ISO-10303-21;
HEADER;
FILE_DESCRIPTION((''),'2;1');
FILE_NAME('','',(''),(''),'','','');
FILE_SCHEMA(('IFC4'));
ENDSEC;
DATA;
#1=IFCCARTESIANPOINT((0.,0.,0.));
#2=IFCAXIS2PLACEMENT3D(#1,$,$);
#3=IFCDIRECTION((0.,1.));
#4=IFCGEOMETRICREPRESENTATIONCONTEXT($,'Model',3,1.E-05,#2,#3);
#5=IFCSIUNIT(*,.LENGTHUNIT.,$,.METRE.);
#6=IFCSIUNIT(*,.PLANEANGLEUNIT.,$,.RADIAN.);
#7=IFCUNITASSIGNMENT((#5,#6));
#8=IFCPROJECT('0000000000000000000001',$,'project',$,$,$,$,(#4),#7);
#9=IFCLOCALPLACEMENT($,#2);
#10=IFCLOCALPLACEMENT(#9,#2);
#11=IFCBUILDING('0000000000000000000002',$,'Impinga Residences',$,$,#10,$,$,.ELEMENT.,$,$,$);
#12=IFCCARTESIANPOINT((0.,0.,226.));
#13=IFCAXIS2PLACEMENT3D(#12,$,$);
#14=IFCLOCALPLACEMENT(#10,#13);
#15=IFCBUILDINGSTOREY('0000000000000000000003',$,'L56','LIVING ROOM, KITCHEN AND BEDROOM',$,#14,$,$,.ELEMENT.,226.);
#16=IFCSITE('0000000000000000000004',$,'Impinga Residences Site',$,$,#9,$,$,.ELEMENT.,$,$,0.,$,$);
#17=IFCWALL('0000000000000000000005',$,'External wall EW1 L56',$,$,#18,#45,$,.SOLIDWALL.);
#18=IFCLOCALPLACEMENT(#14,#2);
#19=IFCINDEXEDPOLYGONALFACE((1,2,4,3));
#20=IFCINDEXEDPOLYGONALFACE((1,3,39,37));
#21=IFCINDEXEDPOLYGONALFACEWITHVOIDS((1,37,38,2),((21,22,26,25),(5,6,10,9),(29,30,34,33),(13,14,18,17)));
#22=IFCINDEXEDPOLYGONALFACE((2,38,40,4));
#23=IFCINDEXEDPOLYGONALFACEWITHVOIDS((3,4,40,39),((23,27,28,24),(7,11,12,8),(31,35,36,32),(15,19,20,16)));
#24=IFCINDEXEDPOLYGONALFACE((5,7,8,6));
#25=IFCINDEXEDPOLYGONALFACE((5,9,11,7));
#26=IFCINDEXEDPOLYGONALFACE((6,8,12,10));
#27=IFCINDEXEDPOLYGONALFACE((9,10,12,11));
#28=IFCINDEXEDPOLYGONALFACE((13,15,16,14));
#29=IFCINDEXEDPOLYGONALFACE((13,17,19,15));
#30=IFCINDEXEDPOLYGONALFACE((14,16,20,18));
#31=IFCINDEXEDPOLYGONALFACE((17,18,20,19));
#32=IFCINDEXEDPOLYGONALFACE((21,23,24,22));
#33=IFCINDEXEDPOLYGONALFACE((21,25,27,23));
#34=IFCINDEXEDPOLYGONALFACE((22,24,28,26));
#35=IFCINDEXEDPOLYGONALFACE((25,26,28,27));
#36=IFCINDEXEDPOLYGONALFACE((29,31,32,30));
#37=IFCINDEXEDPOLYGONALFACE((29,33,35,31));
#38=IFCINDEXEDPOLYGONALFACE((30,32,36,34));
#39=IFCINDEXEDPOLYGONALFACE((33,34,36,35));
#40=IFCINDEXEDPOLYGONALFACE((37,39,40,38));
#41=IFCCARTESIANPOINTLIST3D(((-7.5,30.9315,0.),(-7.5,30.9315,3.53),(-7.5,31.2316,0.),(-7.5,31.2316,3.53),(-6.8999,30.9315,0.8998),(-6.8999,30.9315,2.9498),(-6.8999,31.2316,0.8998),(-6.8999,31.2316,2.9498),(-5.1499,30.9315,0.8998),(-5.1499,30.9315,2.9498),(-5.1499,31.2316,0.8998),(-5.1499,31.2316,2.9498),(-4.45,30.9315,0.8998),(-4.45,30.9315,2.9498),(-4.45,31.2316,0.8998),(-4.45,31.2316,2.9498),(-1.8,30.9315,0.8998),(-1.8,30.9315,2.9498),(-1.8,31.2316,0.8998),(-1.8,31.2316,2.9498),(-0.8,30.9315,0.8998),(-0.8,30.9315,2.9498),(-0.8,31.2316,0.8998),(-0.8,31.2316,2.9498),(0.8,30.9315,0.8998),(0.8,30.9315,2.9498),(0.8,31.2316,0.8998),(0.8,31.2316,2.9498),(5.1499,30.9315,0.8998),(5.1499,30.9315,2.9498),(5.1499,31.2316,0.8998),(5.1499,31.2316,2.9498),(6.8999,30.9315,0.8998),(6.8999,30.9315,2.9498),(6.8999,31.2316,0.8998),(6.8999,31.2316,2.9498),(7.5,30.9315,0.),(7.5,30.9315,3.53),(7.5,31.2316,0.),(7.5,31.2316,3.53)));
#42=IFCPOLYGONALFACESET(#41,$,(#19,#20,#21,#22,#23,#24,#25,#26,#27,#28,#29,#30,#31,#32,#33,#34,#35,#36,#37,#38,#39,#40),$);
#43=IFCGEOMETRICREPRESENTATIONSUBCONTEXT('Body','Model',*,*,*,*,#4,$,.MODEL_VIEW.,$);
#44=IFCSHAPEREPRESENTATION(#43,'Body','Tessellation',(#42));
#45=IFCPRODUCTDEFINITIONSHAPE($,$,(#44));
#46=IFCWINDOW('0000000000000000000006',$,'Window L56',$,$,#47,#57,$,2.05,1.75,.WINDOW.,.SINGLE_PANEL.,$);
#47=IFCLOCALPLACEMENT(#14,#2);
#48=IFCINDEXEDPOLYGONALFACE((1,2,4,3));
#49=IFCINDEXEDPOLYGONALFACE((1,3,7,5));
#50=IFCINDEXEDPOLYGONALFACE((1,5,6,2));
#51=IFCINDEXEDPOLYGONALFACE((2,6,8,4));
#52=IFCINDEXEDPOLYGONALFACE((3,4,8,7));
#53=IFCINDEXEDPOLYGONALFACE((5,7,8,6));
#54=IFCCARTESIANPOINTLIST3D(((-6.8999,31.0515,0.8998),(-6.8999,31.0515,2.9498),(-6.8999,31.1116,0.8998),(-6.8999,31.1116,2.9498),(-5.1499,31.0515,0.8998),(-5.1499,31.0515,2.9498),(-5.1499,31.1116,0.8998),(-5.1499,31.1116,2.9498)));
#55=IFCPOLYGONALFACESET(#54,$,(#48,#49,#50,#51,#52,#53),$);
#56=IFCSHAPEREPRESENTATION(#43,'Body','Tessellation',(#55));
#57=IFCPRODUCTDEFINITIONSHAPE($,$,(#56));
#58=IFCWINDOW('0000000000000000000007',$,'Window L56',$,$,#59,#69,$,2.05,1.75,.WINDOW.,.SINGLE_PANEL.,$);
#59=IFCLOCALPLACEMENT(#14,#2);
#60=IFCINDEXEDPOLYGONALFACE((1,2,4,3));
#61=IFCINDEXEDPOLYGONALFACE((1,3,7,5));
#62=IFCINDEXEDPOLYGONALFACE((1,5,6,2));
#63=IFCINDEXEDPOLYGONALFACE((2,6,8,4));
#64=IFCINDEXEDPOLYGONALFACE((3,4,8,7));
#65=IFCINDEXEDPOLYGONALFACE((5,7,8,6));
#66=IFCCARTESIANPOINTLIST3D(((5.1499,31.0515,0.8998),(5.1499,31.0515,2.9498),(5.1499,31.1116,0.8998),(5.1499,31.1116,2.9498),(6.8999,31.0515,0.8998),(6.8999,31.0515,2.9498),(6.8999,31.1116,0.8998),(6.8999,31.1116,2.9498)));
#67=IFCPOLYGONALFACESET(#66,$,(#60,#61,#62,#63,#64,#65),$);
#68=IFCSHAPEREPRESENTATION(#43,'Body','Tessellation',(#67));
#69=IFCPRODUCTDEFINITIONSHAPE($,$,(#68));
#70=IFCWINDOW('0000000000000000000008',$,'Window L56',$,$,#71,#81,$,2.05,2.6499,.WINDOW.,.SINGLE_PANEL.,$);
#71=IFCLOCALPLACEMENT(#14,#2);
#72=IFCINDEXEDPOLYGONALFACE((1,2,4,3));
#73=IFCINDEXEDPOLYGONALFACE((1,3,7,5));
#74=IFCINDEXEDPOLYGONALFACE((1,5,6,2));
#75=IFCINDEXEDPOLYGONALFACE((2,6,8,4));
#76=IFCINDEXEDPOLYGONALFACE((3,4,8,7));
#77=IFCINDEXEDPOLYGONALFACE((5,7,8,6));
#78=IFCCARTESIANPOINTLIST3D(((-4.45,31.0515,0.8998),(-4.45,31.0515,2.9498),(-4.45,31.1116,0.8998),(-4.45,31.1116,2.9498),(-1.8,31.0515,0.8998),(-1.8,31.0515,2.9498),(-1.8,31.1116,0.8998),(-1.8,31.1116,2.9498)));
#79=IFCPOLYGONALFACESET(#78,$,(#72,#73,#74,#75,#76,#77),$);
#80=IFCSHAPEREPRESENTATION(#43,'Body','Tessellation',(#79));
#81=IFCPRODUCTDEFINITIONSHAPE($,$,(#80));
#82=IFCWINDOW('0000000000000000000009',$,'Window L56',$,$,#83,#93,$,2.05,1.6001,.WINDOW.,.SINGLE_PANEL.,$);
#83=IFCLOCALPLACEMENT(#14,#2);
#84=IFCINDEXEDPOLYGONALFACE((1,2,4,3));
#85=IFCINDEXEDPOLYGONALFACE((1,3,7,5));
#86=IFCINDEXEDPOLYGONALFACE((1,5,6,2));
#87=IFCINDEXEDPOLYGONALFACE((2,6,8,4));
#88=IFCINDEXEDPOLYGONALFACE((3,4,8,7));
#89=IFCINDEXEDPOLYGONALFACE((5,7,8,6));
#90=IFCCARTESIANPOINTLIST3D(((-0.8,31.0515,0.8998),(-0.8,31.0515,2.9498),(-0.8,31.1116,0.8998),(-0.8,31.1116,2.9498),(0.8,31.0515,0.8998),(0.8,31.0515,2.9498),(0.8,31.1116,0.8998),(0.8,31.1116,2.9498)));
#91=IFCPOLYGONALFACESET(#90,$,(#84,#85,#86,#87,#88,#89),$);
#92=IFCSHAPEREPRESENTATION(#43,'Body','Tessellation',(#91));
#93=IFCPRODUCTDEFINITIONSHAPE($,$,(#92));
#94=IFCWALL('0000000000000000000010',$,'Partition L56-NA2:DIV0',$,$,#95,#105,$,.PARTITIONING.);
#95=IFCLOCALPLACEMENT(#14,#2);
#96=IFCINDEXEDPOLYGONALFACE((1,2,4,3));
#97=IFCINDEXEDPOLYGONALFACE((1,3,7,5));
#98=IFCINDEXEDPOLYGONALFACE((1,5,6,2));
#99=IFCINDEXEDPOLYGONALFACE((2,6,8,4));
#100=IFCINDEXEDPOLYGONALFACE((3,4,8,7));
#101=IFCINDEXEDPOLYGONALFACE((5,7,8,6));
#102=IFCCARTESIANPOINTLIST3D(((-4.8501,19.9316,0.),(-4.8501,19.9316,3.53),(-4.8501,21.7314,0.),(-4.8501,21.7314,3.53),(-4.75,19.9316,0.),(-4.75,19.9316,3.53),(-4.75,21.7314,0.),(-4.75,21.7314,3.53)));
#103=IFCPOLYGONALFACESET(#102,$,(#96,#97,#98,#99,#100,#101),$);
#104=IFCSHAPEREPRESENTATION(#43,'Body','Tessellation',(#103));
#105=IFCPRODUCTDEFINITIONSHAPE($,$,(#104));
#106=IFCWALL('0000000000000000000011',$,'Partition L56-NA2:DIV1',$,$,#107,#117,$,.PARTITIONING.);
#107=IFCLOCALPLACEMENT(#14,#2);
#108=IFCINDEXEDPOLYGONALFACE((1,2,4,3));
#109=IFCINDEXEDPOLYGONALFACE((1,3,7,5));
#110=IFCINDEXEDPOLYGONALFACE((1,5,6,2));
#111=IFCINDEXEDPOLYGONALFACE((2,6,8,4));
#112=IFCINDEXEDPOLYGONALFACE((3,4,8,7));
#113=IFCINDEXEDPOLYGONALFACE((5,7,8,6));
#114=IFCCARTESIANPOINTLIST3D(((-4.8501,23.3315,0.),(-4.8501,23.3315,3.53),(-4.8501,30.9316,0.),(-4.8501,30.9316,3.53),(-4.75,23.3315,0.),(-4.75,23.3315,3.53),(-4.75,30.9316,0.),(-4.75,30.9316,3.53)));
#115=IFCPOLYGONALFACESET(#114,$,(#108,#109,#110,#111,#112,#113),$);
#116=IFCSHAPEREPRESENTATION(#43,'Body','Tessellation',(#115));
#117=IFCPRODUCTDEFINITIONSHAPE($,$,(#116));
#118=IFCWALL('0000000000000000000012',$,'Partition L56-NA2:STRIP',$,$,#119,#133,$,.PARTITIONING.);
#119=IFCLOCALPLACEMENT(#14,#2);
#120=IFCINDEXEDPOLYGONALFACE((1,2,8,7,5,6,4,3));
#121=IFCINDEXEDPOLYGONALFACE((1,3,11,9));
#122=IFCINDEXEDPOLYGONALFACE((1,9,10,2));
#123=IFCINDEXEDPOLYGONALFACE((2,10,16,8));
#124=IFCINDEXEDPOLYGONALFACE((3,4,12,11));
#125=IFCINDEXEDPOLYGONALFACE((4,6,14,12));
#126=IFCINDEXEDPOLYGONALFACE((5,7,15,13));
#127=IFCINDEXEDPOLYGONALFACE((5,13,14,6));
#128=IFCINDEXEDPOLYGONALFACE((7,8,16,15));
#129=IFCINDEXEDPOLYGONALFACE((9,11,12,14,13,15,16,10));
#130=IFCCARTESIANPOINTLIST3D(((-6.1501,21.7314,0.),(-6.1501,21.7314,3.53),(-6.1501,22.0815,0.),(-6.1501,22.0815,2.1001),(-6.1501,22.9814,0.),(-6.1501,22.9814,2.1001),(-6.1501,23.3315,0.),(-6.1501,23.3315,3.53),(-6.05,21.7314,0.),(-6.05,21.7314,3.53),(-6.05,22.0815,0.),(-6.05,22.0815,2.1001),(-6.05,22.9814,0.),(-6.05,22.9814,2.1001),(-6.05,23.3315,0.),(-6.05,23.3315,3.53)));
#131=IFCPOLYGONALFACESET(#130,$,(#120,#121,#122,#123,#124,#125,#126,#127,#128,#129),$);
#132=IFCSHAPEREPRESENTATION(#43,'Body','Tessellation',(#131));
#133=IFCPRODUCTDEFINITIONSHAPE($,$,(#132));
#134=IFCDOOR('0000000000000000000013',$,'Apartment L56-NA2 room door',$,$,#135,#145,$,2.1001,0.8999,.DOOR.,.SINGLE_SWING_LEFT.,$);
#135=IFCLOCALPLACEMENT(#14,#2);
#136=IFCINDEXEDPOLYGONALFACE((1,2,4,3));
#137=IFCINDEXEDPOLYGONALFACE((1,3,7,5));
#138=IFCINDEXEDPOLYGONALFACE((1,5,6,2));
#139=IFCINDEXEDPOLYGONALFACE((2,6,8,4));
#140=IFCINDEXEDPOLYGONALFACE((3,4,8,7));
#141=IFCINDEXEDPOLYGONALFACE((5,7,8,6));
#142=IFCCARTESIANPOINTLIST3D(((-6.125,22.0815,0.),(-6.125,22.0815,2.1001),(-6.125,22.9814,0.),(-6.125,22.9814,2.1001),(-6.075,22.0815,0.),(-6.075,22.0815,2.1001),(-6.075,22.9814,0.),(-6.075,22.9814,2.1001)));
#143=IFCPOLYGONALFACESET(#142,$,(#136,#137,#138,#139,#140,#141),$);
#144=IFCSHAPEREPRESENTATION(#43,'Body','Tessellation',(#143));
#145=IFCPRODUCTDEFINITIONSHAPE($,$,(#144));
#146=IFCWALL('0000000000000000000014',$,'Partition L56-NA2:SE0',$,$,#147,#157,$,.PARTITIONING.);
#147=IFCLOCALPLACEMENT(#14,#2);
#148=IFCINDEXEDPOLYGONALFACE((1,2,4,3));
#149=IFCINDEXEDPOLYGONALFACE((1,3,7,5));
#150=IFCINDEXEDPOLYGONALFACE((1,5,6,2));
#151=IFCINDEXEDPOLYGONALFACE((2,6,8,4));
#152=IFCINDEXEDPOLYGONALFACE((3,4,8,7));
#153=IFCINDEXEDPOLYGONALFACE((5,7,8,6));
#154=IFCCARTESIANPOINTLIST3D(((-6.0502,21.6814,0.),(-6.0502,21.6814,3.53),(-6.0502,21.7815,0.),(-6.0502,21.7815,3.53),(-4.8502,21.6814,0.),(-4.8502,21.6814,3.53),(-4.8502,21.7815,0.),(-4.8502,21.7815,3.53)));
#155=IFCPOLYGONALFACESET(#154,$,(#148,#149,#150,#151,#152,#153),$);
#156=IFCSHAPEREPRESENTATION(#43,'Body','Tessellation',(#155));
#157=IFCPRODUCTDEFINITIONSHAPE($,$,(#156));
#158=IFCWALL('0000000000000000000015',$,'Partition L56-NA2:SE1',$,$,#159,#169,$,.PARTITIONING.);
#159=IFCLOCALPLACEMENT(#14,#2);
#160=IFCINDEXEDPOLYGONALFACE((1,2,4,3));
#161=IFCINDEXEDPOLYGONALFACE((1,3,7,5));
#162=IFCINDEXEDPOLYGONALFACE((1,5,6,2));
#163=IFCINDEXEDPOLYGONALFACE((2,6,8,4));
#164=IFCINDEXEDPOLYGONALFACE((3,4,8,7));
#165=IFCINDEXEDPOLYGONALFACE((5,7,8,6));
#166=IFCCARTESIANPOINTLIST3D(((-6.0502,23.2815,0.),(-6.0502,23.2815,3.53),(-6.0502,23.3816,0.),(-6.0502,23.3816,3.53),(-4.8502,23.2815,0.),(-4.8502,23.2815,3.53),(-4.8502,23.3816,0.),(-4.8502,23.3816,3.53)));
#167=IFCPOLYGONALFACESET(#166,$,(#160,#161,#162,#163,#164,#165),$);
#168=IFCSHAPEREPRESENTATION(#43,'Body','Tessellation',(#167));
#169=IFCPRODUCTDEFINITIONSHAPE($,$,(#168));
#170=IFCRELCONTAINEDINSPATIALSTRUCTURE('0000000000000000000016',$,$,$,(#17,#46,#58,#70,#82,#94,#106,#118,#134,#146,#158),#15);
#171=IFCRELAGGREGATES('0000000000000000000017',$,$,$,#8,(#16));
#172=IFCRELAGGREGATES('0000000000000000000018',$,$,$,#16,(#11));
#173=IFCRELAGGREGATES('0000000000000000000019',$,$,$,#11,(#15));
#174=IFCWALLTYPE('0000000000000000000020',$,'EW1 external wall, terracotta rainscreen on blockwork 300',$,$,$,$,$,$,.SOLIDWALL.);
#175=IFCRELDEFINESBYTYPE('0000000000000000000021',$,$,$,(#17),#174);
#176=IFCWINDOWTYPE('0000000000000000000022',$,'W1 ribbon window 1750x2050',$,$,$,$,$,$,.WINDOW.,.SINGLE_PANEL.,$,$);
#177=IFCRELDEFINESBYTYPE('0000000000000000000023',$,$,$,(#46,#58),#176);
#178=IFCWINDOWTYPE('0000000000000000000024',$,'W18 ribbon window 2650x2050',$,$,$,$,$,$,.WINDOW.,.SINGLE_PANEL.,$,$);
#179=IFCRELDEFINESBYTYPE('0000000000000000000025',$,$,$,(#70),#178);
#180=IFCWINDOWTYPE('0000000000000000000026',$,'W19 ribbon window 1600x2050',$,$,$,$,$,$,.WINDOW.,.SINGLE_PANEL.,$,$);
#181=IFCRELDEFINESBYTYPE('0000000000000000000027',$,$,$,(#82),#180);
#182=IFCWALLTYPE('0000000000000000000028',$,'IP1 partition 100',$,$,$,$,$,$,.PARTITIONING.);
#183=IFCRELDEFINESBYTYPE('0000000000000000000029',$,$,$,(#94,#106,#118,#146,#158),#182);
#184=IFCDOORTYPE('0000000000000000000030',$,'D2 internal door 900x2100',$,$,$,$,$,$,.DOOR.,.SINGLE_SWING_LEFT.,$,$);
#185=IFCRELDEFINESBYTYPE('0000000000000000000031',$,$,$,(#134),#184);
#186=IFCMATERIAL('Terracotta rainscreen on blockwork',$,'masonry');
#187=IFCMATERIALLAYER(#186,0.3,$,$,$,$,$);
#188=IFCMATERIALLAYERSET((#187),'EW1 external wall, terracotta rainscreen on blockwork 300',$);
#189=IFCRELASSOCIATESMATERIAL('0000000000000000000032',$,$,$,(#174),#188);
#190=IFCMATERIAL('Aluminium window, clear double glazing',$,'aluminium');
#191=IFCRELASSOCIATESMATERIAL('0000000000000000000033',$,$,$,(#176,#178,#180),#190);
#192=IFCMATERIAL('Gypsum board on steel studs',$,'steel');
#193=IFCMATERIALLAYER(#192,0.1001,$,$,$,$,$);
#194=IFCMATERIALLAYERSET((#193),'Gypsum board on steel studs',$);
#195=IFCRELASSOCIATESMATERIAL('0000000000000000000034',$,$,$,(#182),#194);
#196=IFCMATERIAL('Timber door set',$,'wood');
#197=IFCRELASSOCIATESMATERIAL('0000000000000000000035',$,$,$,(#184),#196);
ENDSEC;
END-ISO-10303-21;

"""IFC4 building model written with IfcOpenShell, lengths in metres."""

from ifc_helpers import new_model, si_unit, direction, frame, frame_2d, origin, place, context, subcontext, project, spatial, rectangle, extrude, material, layer, layer_set, type_object, element, fill, save


model = new_model("IFC4")

# Units and contexts
model_context = context("Model", 3, precision=1e-05, world=origin(), true_north=direction((0.0, 1.0)))
body_context = subcontext(model_context, "Body", "Model", "MODEL_VIEW")
ifc_project = project(units=[si_unit("LENGTHUNIT", "METRE"), si_unit("PLANEANGLEUNIT", "RADIAN")], contexts=[model_context])

# Site, building, storey
site_placement = place(None, origin())
site = spatial("IfcSite", under=ifc_project, at=site_placement, Name="Impinga Residences Site", CompositionType="ELEMENT", RefElevation=0.0)
building_placement = place(site_placement, origin())
building = spatial("IfcBuilding", under=site, at=building_placement, Name="Impinga Residences", CompositionType="ELEMENT")
storey_placement = place(building_placement, frame((0.0, 0.0, 226.0)))
storey = spatial("IfcBuildingStorey", under=building, at=storey_placement, Name="L56", Description="LIVING ROOM, KITCHEN AND BEDROOM", CompositionType="ELEMENT", Elevation=226.0)

# Shared definitions
ifc_material_1 = material(Name="Timber door set", Category="wood")

# Shared definitions
ifc_material_2 = material(Name="Terracotta rainscreen on blockwork", Category="masonry")
ifc_layer_1 = layer(ifc_material_2, 0.3)
ifc_layer_set_1 = layer_set([ifc_layer_1], Name="EW1 external wall, terracotta rainscreen on blockwork 300")
wall_type_1 = type_object("IfcWallType", Name="EW1 external wall, terracotta rainscreen on blockwork 300", PredefinedType="SOLIDWALL", material=ifc_layer_set_1)

# Wall, openings, windows
wall_1_placement = place(storey_placement, frame((-7.5, 31.0815, 0.0), z_axis=(0.0, 0.0, 1.0), x_axis=(1.0, 0.0, 0.0)))
wall_1 = element("IfcWall", 1, at=wall_1_placement, inside=storey, type_object=wall_type_1, Name="External wall EW1 L56", PredefinedType="SOLIDWALL", context=body_context, shape_type="SweptSolid", body=[
    extrude(rectangle(XDim=15.0, YDim=0.3, at=frame_2d((7.5, 0.0))), origin(), (0.0, 0.0, 1.0), 3.53),
])
opening_1_placement = place(wall_1_placement, frame((0.6001, 0.0, 0.8999)))
opening_1 = element("IfcOpeningElement", 2, at=opening_1_placement, cuts=wall_1, PredefinedType="OPENING", context=body_context, shape_type="SweptSolid", body=[
    extrude(rectangle(XDim=1.75, YDim=2.05, at=frame_2d((0.875, 1.0249))), frame((0.0, 0.1599, 0.0), z_axis=(0.0, -1.0, 0.0), x_axis=(1.0, 0.0, 0.0)), (0.0, 0.0, 1.0), 0.3201),
])
opening_2_placement = place(wall_1_placement, frame((3.05, 0.0, 0.8999)))
opening_2 = element("IfcOpeningElement", 3, at=opening_2_placement, cuts=wall_1, PredefinedType="OPENING", context=body_context, shape_type="SweptSolid", body=[
    extrude(rectangle(XDim=2.6499, YDim=2.05, at=frame_2d((1.325, 1.0249))), frame((0.0, 0.1599, 0.0), z_axis=(0.0, -1.0, 0.0), x_axis=(1.0, 0.0, 0.0)), (0.0, 0.0, 1.0), 0.3201),
])
opening_3_placement = place(wall_1_placement, frame((6.7, 0.0, 0.8999)))
opening_3 = element("IfcOpeningElement", 4, at=opening_3_placement, cuts=wall_1, PredefinedType="OPENING", context=body_context, shape_type="SweptSolid", body=[
    extrude(rectangle(XDim=1.6001, YDim=2.05, at=frame_2d((0.8, 1.0249))), frame((0.0, 0.1599, 0.0), z_axis=(0.0, -1.0, 0.0), x_axis=(1.0, 0.0, 0.0)), (0.0, 0.0, 1.0), 0.3201),
])
opening_4_placement = place(wall_1_placement, frame((12.6499, 0.0, 0.8999)))
opening_4 = element("IfcOpeningElement", 5, at=opening_4_placement, cuts=wall_1, PredefinedType="OPENING", context=body_context, shape_type="SweptSolid", body=[
    extrude(rectangle(XDim=1.75, YDim=2.05, at=frame_2d((0.875, 1.0249))), frame((0.0, 0.1599, 0.0), z_axis=(0.0, -1.0, 0.0), x_axis=(1.0, 0.0, 0.0)), (0.0, 0.0, 1.0), 0.3201),
])
ifc_material_3 = material(Name="Aluminium window, clear double glazing", Category="aluminium")
window_type_1 = type_object("IfcWindowType", Name="W1 ribbon window 1750x2050", PartitioningType="SINGLE_PANEL", PredefinedType="WINDOW", material=ifc_material_3)
window_1_placement = place(opening_1_placement, origin())
window_1 = element("IfcWindow", 6, at=window_1_placement, inside=storey, type_object=window_type_1, Name="Window L56", OverallHeight=2.05, OverallWidth=1.75, PartitioningType="SINGLE_PANEL", PredefinedType="WINDOW", context=body_context, shape_type="SweptSolid", body=[
    extrude(rectangle(XDim=1.75, YDim=2.05, at=frame_2d((0.875, 1.0249))), frame((0.0, 0.03, 0.0), z_axis=(0.0, -1.0, 0.0), x_axis=(1.0, 0.0, 0.0)), (0.0, 0.0, 1.0), 0.0601),
])
fill(opening_1, window_1)
window_2_placement = place(opening_4_placement, origin())
window_2 = element("IfcWindow", 7, at=window_2_placement, inside=storey, type_object=window_type_1, Name="Window L56", OverallHeight=2.05, OverallWidth=1.75, PartitioningType="SINGLE_PANEL", PredefinedType="WINDOW", context=body_context, shape_type="SweptSolid", body=[
    extrude(rectangle(XDim=1.75, YDim=2.05, at=frame_2d((0.875, 1.0249))), frame((0.0, 0.03, 0.0), z_axis=(0.0, -1.0, 0.0), x_axis=(1.0, 0.0, 0.0)), (0.0, 0.0, 1.0), 0.0601),
])
fill(opening_4, window_2)
window_type_2 = type_object("IfcWindowType", Name="W18 ribbon window 2650x2050", PartitioningType="SINGLE_PANEL", PredefinedType="WINDOW", material=ifc_material_3)
window_3_placement = place(opening_2_placement, origin())
window_3 = element("IfcWindow", 8, at=window_3_placement, inside=storey, type_object=window_type_2, Name="Window L56", OverallHeight=2.05, OverallWidth=2.6499, PartitioningType="SINGLE_PANEL", PredefinedType="WINDOW", context=body_context, shape_type="SweptSolid", body=[
    extrude(rectangle(XDim=2.6499, YDim=2.05, at=frame_2d((1.325, 1.0249))), frame((0.0, 0.03, 0.0), z_axis=(0.0, -1.0, 0.0), x_axis=(1.0, 0.0, 0.0)), (0.0, 0.0, 1.0), 0.0601),
])
fill(opening_2, window_3)
window_type_3 = type_object("IfcWindowType", Name="W19 ribbon window 1600x2050", PartitioningType="SINGLE_PANEL", PredefinedType="WINDOW", material=ifc_material_3)
window_4_placement = place(opening_3_placement, origin())
window_4 = element("IfcWindow", 9, at=window_4_placement, inside=storey, type_object=window_type_3, Name="Window L56", OverallHeight=2.05, OverallWidth=1.6001, PartitioningType="SINGLE_PANEL", PredefinedType="WINDOW", context=body_context, shape_type="SweptSolid", body=[
    extrude(rectangle(XDim=1.6001, YDim=2.05, at=frame_2d((0.8, 1.0249))), frame((0.0, 0.03, 0.0), z_axis=(0.0, -1.0, 0.0), x_axis=(1.0, 0.0, 0.0)), (0.0, 0.0, 1.0), 0.0601),
])
fill(opening_3, window_4)

# Walls
ifc_material_4 = material(Name="Gypsum board on steel studs", Category="steel")
ifc_layer_2 = layer(ifc_material_4, 0.1001)
ifc_layer_set_2 = layer_set([ifc_layer_2], Name="Gypsum board on steel studs")
wall_type_2 = type_object("IfcWallType", Name="IP1 partition 100", PredefinedType="PARTITIONING", material=ifc_layer_set_2)
wall_2_placement = place(storey_placement, frame((-4.8, 19.9316, 0.0), z_axis=(0.0, 0.0, 1.0), x_axis=(0.0, 1.0, 0.0)))
element("IfcWall", 10, at=wall_2_placement, inside=storey, type_object=wall_type_2, Name="Partition L56-NA2:DIV0", PredefinedType="PARTITIONING", context=body_context, shape_type="SweptSolid", body=[
    extrude(rectangle(XDim=1.7998, YDim=0.1001, at=frame_2d((0.8999, 0.0))), origin(), (0.0, 0.0, 1.0), 3.53),
])
wall_3_placement = place(storey_placement, frame((-4.8, 23.3315, 0.0), z_axis=(0.0, 0.0, 1.0), x_axis=(0.0, 1.0, 0.0)))
element("IfcWall", 11, at=wall_3_placement, inside=storey, type_object=wall_type_2, Name="Partition L56-NA2:DIV1", PredefinedType="PARTITIONING", context=body_context, shape_type="SweptSolid", body=[
    extrude(rectangle(XDim=7.6001, YDim=0.1001, at=frame_2d((3.8, 0.0))), origin(), (0.0, 0.0, 1.0), 3.53),
])

# Wall, opening, door
wall_4_placement = place(storey_placement, frame((-6.1001, 21.7314, 0.0), z_axis=(0.0, 0.0, 1.0), x_axis=(0.0, 1.0, 0.0)))
wall_4 = element("IfcWall", 12, at=wall_4_placement, inside=storey, type_object=wall_type_2, Name="Partition L56-NA2:STRIP", PredefinedType="PARTITIONING", context=body_context, shape_type="SweptSolid", body=[
    extrude(rectangle(XDim=1.6001, YDim=0.1001, at=frame_2d((0.8, 0.0))), origin(), (0.0, 0.0, 1.0), 3.53),
])
opening_5_placement = place(wall_4_placement, frame((0.3501, 0.0, 0.0)))
opening_5 = element("IfcOpeningElement", 13, at=opening_5_placement, cuts=wall_4, PredefinedType="OPENING", context=body_context, shape_type="SweptSolid", body=[
    extrude(rectangle(XDim=0.8999, YDim=2.1001, at=frame_2d((0.45, 1.05))), frame((0.0, 0.0601, 0.0), z_axis=(0.0, -1.0, 0.0), x_axis=(1.0, 0.0, 0.0)), (0.0, 0.0, 1.0), 0.1201),
])
door_type_1 = type_object("IfcDoorType", Name="D2 internal door 900x2100", OperationType="SINGLE_SWING_LEFT", PredefinedType="DOOR", material=ifc_material_1)
door_1_placement = place(opening_5_placement, origin())
door_1 = element("IfcDoor", 14, at=door_1_placement, inside=storey, type_object=door_type_1, Name="Apartment L56-NA2 room door", OperationType="SINGLE_SWING_LEFT", OverallHeight=2.1001, OverallWidth=0.8999, PredefinedType="DOOR", context=body_context, shape_type="SweptSolid", body=[
    extrude(rectangle(XDim=0.8999, YDim=2.1001, at=frame_2d((0.45, 1.05))), frame((0.0, 0.0249, 0.0), z_axis=(0.0, -1.0, 0.0), x_axis=(1.0, 0.0, 0.0)), (0.0, 0.0, 1.0), 0.05),
])
fill(opening_5, door_1)

# Walls
for number, where, z_axis, x_axis, name in (
    (15, (-4.8501, 21.7314, 0.0), (0.0, 0.0, 1.0), (-1.0, 0.0, 0.0), "Partition L56-NA2:SE0"),
    (16, (-4.8501, 23.3315, 0.0), (0.0, 0.0, 1.0), (-1.0, 0.0, 0.0), "Partition L56-NA2:SE1"),
):
    element("IfcWall", number, at=place(storey_placement, frame(where, z_axis=z_axis, x_axis=x_axis)), inside=storey, type_object=wall_type_2, Name=name, PredefinedType="PARTITIONING", context=body_context, shape_type="SweptSolid", body=[
        extrude(rectangle(XDim=1.2, YDim=0.1001, at=frame_2d((0.6001, 0.0))), origin(), (0.0, 0.0, 1.0), 3.53),
    ])

save(model, "model.ifc")
